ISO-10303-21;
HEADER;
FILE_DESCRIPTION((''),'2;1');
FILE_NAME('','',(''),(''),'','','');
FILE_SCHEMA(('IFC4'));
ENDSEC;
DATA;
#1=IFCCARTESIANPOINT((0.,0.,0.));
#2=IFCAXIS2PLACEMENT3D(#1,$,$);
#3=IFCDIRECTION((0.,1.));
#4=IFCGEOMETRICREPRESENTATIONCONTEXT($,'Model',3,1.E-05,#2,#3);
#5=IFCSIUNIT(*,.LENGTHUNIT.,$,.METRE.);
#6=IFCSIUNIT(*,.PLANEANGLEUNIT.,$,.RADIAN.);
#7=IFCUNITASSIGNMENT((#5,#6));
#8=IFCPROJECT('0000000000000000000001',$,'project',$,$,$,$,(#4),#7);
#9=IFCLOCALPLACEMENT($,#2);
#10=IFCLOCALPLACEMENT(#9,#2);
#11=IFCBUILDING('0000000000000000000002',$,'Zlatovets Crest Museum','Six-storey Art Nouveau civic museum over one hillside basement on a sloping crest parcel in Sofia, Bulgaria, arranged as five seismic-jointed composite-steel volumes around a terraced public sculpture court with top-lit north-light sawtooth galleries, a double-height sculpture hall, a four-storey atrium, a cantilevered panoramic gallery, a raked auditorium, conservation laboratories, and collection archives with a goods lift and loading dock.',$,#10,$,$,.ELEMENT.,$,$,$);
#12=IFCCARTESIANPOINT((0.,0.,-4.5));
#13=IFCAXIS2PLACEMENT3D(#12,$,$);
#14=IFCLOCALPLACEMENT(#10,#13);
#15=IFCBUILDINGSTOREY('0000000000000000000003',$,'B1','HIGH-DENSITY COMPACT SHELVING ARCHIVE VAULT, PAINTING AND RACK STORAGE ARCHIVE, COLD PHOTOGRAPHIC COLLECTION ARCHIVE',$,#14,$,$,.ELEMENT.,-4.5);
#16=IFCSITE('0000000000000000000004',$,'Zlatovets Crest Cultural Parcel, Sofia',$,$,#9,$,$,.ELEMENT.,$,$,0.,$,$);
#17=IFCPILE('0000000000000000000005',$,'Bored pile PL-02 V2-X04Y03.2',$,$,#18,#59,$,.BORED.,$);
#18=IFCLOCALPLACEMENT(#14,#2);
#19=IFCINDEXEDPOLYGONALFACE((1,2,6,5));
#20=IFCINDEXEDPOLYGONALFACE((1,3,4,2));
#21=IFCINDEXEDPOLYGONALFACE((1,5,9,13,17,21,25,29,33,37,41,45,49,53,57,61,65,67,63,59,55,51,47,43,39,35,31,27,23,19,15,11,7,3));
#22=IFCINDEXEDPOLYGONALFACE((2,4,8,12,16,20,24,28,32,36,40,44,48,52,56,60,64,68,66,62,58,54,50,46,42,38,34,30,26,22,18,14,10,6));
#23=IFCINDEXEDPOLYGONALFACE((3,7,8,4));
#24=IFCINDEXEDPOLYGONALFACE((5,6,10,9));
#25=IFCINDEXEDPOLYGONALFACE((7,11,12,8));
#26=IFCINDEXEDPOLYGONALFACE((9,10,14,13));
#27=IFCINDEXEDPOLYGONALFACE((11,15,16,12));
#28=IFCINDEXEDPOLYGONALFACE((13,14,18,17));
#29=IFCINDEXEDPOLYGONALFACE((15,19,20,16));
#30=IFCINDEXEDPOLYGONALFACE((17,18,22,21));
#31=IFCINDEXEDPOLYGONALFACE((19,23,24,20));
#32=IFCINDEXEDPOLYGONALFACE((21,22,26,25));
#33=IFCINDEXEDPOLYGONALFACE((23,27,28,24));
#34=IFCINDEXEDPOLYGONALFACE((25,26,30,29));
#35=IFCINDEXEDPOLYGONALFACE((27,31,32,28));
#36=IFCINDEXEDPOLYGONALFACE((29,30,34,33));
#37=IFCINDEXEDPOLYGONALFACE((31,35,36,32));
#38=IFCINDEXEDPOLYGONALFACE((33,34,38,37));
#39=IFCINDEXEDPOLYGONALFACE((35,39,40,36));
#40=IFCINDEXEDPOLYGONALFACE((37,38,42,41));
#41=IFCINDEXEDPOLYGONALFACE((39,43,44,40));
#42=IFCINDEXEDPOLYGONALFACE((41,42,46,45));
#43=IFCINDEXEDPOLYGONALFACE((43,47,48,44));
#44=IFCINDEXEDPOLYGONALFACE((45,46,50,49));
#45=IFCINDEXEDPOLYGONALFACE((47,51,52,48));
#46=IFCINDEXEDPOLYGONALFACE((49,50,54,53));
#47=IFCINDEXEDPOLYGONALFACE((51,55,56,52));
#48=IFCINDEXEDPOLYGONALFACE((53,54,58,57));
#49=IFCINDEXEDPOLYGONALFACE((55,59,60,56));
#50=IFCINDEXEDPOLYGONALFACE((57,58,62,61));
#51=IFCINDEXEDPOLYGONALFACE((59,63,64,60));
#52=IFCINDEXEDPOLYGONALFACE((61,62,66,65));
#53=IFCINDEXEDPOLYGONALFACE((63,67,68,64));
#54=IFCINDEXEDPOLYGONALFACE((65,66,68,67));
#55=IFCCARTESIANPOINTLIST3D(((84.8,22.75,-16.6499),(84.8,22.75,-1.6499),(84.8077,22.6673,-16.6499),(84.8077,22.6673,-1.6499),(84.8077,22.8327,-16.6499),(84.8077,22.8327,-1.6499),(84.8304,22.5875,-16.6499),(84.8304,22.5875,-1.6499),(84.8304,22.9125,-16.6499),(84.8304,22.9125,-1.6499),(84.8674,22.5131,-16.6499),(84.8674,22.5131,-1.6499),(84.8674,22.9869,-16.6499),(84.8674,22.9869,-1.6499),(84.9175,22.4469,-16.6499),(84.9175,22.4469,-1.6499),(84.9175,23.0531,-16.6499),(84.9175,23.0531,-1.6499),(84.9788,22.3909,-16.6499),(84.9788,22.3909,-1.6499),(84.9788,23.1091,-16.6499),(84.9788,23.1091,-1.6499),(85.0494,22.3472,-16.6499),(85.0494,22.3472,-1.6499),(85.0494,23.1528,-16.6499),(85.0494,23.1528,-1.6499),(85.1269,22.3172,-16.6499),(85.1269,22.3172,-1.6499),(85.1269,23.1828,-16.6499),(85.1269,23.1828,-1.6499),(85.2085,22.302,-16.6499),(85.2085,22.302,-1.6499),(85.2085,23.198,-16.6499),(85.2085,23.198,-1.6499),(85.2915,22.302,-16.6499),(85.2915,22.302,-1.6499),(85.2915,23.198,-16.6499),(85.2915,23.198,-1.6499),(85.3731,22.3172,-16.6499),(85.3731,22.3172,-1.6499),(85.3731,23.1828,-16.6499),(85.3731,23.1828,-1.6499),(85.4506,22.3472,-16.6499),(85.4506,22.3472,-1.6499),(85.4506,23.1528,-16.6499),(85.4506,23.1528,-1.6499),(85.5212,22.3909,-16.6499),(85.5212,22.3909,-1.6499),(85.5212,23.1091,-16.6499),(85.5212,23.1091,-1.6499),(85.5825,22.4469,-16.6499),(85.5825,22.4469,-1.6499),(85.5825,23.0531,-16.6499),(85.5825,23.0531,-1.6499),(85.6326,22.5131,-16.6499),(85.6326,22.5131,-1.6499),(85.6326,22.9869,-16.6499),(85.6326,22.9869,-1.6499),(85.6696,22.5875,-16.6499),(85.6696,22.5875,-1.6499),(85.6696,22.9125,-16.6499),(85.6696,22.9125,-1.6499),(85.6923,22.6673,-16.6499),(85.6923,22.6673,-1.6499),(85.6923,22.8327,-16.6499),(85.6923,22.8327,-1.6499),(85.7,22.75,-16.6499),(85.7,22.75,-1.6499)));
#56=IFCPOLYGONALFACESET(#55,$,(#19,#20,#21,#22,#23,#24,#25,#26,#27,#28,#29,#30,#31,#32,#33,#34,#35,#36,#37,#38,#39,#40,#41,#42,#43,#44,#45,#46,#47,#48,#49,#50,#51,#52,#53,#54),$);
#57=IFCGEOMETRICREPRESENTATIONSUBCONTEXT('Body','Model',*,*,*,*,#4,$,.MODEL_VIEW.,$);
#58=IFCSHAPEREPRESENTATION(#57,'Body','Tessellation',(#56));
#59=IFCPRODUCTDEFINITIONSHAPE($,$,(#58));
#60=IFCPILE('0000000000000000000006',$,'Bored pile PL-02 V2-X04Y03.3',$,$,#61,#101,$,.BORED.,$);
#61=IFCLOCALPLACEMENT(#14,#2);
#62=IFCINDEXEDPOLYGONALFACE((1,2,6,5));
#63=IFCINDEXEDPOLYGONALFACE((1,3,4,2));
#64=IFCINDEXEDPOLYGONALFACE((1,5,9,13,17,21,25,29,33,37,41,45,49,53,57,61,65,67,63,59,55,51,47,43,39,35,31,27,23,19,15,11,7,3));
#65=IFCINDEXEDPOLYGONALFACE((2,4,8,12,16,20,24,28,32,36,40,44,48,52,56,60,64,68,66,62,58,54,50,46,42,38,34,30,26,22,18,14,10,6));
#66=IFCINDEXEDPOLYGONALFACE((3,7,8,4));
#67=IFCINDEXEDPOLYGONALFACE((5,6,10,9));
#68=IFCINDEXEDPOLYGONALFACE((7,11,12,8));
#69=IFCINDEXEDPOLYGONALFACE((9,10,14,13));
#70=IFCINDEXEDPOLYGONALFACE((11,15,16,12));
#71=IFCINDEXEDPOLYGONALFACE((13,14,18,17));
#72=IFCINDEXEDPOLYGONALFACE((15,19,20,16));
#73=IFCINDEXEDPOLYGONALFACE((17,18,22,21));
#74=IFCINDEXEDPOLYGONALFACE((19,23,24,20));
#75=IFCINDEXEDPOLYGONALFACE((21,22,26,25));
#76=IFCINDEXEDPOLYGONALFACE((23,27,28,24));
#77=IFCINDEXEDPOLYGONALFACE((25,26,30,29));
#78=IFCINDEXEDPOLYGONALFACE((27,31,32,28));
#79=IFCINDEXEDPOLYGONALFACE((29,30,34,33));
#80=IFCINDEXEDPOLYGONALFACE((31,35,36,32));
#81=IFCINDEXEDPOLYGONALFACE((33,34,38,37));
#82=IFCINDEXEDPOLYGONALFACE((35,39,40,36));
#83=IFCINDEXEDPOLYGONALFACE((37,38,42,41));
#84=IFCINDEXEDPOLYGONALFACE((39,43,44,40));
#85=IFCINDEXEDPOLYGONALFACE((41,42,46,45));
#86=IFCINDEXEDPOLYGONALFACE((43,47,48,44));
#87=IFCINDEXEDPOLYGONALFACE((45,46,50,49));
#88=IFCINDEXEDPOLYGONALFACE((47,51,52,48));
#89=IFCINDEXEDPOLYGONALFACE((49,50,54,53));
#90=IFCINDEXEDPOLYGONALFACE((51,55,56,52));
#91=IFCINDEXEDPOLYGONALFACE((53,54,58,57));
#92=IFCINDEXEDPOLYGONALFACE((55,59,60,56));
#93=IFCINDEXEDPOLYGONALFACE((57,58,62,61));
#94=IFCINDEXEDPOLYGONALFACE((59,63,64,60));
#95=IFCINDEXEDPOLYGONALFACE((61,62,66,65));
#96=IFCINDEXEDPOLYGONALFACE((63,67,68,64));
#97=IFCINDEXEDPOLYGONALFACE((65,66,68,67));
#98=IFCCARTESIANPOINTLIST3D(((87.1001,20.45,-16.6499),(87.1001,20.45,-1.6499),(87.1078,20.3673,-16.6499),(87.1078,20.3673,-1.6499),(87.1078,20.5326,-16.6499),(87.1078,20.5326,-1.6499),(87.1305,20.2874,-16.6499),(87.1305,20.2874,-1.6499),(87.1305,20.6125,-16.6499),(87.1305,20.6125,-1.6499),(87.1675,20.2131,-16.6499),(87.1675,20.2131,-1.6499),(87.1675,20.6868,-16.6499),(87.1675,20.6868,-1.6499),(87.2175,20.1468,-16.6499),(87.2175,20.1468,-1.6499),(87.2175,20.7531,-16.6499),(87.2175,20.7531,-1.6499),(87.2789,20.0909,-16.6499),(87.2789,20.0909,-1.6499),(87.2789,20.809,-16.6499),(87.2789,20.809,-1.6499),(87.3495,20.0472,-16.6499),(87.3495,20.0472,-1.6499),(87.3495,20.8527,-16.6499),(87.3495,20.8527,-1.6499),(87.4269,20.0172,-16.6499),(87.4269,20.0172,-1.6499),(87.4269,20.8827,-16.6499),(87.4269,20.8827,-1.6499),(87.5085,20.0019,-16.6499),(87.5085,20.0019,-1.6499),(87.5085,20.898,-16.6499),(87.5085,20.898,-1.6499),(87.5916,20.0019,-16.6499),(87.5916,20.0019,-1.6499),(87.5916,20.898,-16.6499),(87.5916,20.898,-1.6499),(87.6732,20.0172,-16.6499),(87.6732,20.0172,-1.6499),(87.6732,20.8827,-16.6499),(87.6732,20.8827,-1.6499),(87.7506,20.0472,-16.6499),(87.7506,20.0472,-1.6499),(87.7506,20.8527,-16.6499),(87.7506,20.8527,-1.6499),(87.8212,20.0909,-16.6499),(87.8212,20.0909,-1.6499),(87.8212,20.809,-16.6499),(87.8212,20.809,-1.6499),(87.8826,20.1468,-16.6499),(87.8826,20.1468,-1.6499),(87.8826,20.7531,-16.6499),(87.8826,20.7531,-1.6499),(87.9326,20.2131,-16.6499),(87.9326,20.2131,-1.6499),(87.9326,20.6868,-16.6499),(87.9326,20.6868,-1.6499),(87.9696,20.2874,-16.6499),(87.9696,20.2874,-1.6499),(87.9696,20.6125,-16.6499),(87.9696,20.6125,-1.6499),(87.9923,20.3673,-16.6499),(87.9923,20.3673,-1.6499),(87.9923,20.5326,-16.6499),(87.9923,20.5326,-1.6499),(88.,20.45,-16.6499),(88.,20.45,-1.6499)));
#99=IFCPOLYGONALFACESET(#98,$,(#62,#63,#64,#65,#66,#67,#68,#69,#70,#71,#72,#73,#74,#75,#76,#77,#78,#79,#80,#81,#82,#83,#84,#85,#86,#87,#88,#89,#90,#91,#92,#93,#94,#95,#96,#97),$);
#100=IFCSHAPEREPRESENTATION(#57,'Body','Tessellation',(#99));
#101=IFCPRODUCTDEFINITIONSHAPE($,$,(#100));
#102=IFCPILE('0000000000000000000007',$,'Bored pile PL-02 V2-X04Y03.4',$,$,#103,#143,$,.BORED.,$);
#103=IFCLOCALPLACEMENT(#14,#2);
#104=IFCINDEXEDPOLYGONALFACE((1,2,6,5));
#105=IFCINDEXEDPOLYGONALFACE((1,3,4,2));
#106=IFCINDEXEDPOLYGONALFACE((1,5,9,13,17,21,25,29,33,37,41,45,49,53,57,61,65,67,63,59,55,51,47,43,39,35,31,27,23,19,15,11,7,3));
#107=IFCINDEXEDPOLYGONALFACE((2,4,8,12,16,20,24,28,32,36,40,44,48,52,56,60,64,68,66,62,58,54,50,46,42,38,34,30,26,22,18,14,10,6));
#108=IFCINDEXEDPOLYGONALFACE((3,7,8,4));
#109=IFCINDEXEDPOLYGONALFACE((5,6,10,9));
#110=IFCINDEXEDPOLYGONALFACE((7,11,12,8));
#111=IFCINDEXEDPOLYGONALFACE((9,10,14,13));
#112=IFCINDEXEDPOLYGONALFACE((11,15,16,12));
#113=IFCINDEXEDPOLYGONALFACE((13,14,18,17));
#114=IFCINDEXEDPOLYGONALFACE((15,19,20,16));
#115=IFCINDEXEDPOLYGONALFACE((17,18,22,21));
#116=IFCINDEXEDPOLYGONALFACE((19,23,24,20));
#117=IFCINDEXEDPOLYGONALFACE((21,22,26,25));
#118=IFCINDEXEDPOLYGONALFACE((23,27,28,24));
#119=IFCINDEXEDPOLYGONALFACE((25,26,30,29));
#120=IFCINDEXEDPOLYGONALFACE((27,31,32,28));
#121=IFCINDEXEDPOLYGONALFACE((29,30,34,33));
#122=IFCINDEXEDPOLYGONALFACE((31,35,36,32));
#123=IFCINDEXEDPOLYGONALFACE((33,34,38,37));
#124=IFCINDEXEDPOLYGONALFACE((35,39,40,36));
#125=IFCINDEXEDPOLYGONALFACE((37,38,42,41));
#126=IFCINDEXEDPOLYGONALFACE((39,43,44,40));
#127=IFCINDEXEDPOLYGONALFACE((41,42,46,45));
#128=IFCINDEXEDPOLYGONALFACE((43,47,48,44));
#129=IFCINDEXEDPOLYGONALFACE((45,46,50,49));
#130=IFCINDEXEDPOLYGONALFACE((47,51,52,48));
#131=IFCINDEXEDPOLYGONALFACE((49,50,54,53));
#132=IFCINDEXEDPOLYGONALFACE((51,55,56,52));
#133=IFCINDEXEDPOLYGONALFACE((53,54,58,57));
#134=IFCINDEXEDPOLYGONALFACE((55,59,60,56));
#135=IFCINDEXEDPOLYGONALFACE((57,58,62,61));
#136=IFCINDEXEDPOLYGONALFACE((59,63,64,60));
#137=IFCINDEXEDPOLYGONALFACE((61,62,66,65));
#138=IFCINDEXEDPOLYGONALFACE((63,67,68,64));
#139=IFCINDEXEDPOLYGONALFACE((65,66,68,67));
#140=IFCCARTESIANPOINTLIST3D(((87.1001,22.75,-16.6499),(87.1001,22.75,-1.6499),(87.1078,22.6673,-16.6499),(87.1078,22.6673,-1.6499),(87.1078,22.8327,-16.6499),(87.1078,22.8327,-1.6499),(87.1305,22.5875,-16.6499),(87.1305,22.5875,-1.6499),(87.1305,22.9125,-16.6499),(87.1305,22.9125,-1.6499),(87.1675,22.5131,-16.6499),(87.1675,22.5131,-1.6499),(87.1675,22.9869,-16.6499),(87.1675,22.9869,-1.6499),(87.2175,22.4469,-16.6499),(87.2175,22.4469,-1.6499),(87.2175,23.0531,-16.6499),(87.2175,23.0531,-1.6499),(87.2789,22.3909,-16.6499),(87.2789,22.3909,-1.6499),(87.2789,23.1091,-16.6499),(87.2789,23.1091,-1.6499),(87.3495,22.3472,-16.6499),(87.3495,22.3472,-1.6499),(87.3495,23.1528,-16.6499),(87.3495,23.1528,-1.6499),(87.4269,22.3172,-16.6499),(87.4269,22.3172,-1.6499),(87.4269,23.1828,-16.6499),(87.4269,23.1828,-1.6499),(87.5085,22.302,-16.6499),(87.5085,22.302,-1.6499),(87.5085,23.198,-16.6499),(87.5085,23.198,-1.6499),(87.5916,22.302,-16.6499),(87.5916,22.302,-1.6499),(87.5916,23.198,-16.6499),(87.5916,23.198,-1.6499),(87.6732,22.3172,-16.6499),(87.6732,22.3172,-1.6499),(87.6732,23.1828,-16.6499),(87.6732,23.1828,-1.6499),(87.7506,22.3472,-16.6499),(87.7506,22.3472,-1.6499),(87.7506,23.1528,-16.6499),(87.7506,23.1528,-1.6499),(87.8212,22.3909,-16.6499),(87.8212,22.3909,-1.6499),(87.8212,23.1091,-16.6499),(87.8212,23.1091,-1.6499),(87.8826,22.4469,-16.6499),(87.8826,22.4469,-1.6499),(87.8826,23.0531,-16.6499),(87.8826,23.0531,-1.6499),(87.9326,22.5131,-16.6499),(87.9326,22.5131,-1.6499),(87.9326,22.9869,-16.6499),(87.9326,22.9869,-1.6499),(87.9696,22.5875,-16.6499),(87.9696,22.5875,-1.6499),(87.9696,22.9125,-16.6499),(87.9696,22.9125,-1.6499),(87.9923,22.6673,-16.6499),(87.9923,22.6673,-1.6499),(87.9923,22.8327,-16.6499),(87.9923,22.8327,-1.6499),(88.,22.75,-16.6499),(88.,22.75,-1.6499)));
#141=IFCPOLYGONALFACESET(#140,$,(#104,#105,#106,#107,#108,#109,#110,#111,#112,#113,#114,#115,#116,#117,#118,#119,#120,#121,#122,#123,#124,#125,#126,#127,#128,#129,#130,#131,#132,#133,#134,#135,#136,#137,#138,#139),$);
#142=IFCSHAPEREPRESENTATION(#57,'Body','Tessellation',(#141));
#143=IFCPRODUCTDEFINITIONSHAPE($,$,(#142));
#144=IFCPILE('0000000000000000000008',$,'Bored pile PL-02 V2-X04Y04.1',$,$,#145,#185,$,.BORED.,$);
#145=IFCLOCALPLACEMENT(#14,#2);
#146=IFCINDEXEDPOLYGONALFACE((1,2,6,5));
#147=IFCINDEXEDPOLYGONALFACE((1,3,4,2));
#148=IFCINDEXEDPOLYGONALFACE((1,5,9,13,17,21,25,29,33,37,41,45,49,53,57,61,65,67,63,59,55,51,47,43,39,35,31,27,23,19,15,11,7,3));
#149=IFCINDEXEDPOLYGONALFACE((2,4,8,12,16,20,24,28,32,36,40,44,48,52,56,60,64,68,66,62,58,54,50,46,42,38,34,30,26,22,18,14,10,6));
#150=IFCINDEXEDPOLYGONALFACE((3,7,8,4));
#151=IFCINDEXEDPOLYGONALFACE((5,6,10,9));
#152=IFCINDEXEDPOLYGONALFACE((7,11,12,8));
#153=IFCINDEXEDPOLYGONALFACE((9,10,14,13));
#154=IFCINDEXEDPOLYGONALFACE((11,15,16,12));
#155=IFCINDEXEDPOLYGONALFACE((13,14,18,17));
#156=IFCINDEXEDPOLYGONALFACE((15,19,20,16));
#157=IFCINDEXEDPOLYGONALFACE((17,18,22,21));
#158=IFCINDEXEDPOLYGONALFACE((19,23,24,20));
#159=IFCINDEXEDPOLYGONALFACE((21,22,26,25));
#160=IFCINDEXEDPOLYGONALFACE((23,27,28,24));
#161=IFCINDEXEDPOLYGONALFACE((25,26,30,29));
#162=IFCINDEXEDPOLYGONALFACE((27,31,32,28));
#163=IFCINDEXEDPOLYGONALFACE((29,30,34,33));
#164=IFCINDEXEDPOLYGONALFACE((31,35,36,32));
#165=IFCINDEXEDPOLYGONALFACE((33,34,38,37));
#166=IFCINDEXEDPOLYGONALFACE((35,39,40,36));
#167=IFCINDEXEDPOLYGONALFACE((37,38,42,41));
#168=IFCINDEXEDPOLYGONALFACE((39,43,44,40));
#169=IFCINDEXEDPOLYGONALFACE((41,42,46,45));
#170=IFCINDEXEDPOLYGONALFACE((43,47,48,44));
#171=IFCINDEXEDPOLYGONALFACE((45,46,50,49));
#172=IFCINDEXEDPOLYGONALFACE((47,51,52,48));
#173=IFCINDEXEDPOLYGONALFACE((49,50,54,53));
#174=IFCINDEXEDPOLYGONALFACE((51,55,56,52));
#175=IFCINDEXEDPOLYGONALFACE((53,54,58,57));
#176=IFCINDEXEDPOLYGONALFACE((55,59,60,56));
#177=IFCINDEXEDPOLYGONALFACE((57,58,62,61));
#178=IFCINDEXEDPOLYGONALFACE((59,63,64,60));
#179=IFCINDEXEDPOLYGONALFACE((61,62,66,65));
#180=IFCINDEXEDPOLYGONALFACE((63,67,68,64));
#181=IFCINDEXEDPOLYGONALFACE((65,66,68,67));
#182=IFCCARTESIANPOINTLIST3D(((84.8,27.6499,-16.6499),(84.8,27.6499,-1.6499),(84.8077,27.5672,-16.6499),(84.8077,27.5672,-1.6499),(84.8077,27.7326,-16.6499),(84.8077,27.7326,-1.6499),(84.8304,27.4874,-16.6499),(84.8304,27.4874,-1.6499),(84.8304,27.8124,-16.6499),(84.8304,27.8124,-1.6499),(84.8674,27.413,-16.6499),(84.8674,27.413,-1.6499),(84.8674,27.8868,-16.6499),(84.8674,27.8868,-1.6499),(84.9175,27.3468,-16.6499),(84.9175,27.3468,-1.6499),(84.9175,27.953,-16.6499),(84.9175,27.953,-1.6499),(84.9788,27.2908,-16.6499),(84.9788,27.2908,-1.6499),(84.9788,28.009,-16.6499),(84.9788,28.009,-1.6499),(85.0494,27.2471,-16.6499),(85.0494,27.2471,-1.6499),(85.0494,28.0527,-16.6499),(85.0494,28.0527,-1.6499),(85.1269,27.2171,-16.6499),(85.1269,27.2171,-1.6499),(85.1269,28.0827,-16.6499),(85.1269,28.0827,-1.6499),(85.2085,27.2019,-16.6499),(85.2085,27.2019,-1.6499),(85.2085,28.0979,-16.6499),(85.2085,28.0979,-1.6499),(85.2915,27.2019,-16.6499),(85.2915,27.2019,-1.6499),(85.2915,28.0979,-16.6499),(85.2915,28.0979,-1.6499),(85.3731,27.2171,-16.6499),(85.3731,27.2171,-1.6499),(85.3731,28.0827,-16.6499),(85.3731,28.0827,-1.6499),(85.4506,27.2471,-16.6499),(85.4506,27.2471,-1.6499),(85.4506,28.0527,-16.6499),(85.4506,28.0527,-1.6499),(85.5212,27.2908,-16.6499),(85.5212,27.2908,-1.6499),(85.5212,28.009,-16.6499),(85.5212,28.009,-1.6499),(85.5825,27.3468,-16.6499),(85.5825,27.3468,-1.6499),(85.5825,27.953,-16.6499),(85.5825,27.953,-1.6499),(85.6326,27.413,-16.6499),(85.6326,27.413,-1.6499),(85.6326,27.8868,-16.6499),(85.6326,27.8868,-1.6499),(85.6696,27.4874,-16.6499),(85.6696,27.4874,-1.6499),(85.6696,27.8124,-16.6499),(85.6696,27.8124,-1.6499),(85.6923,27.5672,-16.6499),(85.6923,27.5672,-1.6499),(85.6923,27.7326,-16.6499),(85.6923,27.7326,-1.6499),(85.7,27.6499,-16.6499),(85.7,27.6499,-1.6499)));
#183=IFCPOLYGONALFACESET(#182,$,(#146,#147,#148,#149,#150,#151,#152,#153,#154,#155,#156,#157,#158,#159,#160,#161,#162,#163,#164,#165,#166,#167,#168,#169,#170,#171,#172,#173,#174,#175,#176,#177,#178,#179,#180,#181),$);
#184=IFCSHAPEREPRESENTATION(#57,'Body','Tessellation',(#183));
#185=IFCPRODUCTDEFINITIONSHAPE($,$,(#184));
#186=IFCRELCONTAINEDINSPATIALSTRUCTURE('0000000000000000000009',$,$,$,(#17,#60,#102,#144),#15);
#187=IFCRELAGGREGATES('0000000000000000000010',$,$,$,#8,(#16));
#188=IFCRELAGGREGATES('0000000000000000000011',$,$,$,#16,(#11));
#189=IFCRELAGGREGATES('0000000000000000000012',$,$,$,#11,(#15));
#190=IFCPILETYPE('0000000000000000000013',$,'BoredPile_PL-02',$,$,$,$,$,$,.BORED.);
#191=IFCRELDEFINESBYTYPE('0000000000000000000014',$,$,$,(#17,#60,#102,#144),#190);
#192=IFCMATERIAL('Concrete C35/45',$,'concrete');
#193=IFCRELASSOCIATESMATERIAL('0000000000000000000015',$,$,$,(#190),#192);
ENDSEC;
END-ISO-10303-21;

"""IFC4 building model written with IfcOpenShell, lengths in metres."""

from ifc_helpers import new_model, si_unit, direction, frame, origin, origin_2d, place, context, subcontext, project, spatial, circle, extrude, material, material_profile, profile_set, type_object, element, save


model = new_model("IFC4")

# Units and contexts
model_context = context("Model", 3, precision=1e-05, world=origin(), true_north=direction((0.0, 1.0)))
body_context = subcontext(model_context, "Body", "Model", "MODEL_VIEW")
ifc_project = project(units=[si_unit("LENGTHUNIT", "METRE"), si_unit("PLANEANGLEUNIT", "RADIAN")], contexts=[model_context])

# Site, building, storey
site_placement = place(None, origin())
site = spatial("IfcSite", under=ifc_project, at=site_placement, Name="Zlatovets Crest Cultural Parcel, Sofia", CompositionType="ELEMENT", RefElevation=0.0)
building_placement = place(site_placement, origin())
building = spatial("IfcBuilding", under=site, at=building_placement, Name="Zlatovets Crest Museum", Description="Six-storey Art Nouveau civic museum over one hillside basement on a sloping crest parcel in Sofia, Bulgaria, arranged as five seismic-jointed composite-steel volumes around a terraced public sculpture court with top-lit north-light sawtooth galleries, a double-height sculpture hall, a four-storey atrium, a cantilevered panoramic gallery, a raked auditorium, conservation laboratories, and collection archives with a goods lift and loading dock.", CompositionType="ELEMENT")
storey_placement = place(building_placement, frame((0.0, 0.0, -4.5)))
storey = spatial("IfcBuildingStorey", under=building, at=storey_placement, Name="B1", Description="HIGH-DENSITY COMPACT SHELVING ARCHIVE VAULT, PAINTING AND RACK STORAGE ARCHIVE, COLD PHOTOGRAPHIC COLLECTION ARCHIVE", CompositionType="ELEMENT", Elevation=-4.5)

# Piles
ifc_material = material(Name="Concrete C35/45", Category="concrete")
ifc_material_profile_1 = material_profile(ifc_material, circle(Radius=0.45, at=origin_2d()), Name="PILE D900")
ifc_profile_set_1 = profile_set([ifc_material_profile_1], Name="Concrete C35/45")
pile_type = type_object("IfcPileType", Name="BoredPile_PL-02", PredefinedType="BORED", material=ifc_profile_set_1)
for number, where, z_axis, x_axis, name in (
    (1, (85.25, 22.75, -1.6499), (0.0, 0.0, -1.0), (1.0, 0.0, 0.0), "Bored pile PL-02 V2-X04Y03.2"),
    (2, (87.55, 20.45, -1.6499), (0.0, 0.0, -1.0), (1.0, 0.0, 0.0), "Bored pile PL-02 V2-X04Y03.3"),
    (3, (87.55, 22.75, -1.6499), (0.0, 0.0, -1.0), (1.0, 0.0, 0.0), "Bored pile PL-02 V2-X04Y03.4"),
    (4, (85.25, 27.6499, -1.6499), (0.0, 0.0, -1.0), (1.0, 0.0, 0.0), "Bored pile PL-02 V2-X04Y04.1"),
):
    element("IfcPile", number, at=place(storey_placement, frame(where, z_axis=z_axis, x_axis=x_axis)), inside=storey, type_object=pile_type, Name=name, PredefinedType="BORED", context=body_context, shape_type="SweptSolid", body=[
        extrude(circle(Radius=0.45, at=origin_2d()), origin(), (0.0, 0.0, 1.0), 15.0),
    ])

save(model, "model.ifc")
